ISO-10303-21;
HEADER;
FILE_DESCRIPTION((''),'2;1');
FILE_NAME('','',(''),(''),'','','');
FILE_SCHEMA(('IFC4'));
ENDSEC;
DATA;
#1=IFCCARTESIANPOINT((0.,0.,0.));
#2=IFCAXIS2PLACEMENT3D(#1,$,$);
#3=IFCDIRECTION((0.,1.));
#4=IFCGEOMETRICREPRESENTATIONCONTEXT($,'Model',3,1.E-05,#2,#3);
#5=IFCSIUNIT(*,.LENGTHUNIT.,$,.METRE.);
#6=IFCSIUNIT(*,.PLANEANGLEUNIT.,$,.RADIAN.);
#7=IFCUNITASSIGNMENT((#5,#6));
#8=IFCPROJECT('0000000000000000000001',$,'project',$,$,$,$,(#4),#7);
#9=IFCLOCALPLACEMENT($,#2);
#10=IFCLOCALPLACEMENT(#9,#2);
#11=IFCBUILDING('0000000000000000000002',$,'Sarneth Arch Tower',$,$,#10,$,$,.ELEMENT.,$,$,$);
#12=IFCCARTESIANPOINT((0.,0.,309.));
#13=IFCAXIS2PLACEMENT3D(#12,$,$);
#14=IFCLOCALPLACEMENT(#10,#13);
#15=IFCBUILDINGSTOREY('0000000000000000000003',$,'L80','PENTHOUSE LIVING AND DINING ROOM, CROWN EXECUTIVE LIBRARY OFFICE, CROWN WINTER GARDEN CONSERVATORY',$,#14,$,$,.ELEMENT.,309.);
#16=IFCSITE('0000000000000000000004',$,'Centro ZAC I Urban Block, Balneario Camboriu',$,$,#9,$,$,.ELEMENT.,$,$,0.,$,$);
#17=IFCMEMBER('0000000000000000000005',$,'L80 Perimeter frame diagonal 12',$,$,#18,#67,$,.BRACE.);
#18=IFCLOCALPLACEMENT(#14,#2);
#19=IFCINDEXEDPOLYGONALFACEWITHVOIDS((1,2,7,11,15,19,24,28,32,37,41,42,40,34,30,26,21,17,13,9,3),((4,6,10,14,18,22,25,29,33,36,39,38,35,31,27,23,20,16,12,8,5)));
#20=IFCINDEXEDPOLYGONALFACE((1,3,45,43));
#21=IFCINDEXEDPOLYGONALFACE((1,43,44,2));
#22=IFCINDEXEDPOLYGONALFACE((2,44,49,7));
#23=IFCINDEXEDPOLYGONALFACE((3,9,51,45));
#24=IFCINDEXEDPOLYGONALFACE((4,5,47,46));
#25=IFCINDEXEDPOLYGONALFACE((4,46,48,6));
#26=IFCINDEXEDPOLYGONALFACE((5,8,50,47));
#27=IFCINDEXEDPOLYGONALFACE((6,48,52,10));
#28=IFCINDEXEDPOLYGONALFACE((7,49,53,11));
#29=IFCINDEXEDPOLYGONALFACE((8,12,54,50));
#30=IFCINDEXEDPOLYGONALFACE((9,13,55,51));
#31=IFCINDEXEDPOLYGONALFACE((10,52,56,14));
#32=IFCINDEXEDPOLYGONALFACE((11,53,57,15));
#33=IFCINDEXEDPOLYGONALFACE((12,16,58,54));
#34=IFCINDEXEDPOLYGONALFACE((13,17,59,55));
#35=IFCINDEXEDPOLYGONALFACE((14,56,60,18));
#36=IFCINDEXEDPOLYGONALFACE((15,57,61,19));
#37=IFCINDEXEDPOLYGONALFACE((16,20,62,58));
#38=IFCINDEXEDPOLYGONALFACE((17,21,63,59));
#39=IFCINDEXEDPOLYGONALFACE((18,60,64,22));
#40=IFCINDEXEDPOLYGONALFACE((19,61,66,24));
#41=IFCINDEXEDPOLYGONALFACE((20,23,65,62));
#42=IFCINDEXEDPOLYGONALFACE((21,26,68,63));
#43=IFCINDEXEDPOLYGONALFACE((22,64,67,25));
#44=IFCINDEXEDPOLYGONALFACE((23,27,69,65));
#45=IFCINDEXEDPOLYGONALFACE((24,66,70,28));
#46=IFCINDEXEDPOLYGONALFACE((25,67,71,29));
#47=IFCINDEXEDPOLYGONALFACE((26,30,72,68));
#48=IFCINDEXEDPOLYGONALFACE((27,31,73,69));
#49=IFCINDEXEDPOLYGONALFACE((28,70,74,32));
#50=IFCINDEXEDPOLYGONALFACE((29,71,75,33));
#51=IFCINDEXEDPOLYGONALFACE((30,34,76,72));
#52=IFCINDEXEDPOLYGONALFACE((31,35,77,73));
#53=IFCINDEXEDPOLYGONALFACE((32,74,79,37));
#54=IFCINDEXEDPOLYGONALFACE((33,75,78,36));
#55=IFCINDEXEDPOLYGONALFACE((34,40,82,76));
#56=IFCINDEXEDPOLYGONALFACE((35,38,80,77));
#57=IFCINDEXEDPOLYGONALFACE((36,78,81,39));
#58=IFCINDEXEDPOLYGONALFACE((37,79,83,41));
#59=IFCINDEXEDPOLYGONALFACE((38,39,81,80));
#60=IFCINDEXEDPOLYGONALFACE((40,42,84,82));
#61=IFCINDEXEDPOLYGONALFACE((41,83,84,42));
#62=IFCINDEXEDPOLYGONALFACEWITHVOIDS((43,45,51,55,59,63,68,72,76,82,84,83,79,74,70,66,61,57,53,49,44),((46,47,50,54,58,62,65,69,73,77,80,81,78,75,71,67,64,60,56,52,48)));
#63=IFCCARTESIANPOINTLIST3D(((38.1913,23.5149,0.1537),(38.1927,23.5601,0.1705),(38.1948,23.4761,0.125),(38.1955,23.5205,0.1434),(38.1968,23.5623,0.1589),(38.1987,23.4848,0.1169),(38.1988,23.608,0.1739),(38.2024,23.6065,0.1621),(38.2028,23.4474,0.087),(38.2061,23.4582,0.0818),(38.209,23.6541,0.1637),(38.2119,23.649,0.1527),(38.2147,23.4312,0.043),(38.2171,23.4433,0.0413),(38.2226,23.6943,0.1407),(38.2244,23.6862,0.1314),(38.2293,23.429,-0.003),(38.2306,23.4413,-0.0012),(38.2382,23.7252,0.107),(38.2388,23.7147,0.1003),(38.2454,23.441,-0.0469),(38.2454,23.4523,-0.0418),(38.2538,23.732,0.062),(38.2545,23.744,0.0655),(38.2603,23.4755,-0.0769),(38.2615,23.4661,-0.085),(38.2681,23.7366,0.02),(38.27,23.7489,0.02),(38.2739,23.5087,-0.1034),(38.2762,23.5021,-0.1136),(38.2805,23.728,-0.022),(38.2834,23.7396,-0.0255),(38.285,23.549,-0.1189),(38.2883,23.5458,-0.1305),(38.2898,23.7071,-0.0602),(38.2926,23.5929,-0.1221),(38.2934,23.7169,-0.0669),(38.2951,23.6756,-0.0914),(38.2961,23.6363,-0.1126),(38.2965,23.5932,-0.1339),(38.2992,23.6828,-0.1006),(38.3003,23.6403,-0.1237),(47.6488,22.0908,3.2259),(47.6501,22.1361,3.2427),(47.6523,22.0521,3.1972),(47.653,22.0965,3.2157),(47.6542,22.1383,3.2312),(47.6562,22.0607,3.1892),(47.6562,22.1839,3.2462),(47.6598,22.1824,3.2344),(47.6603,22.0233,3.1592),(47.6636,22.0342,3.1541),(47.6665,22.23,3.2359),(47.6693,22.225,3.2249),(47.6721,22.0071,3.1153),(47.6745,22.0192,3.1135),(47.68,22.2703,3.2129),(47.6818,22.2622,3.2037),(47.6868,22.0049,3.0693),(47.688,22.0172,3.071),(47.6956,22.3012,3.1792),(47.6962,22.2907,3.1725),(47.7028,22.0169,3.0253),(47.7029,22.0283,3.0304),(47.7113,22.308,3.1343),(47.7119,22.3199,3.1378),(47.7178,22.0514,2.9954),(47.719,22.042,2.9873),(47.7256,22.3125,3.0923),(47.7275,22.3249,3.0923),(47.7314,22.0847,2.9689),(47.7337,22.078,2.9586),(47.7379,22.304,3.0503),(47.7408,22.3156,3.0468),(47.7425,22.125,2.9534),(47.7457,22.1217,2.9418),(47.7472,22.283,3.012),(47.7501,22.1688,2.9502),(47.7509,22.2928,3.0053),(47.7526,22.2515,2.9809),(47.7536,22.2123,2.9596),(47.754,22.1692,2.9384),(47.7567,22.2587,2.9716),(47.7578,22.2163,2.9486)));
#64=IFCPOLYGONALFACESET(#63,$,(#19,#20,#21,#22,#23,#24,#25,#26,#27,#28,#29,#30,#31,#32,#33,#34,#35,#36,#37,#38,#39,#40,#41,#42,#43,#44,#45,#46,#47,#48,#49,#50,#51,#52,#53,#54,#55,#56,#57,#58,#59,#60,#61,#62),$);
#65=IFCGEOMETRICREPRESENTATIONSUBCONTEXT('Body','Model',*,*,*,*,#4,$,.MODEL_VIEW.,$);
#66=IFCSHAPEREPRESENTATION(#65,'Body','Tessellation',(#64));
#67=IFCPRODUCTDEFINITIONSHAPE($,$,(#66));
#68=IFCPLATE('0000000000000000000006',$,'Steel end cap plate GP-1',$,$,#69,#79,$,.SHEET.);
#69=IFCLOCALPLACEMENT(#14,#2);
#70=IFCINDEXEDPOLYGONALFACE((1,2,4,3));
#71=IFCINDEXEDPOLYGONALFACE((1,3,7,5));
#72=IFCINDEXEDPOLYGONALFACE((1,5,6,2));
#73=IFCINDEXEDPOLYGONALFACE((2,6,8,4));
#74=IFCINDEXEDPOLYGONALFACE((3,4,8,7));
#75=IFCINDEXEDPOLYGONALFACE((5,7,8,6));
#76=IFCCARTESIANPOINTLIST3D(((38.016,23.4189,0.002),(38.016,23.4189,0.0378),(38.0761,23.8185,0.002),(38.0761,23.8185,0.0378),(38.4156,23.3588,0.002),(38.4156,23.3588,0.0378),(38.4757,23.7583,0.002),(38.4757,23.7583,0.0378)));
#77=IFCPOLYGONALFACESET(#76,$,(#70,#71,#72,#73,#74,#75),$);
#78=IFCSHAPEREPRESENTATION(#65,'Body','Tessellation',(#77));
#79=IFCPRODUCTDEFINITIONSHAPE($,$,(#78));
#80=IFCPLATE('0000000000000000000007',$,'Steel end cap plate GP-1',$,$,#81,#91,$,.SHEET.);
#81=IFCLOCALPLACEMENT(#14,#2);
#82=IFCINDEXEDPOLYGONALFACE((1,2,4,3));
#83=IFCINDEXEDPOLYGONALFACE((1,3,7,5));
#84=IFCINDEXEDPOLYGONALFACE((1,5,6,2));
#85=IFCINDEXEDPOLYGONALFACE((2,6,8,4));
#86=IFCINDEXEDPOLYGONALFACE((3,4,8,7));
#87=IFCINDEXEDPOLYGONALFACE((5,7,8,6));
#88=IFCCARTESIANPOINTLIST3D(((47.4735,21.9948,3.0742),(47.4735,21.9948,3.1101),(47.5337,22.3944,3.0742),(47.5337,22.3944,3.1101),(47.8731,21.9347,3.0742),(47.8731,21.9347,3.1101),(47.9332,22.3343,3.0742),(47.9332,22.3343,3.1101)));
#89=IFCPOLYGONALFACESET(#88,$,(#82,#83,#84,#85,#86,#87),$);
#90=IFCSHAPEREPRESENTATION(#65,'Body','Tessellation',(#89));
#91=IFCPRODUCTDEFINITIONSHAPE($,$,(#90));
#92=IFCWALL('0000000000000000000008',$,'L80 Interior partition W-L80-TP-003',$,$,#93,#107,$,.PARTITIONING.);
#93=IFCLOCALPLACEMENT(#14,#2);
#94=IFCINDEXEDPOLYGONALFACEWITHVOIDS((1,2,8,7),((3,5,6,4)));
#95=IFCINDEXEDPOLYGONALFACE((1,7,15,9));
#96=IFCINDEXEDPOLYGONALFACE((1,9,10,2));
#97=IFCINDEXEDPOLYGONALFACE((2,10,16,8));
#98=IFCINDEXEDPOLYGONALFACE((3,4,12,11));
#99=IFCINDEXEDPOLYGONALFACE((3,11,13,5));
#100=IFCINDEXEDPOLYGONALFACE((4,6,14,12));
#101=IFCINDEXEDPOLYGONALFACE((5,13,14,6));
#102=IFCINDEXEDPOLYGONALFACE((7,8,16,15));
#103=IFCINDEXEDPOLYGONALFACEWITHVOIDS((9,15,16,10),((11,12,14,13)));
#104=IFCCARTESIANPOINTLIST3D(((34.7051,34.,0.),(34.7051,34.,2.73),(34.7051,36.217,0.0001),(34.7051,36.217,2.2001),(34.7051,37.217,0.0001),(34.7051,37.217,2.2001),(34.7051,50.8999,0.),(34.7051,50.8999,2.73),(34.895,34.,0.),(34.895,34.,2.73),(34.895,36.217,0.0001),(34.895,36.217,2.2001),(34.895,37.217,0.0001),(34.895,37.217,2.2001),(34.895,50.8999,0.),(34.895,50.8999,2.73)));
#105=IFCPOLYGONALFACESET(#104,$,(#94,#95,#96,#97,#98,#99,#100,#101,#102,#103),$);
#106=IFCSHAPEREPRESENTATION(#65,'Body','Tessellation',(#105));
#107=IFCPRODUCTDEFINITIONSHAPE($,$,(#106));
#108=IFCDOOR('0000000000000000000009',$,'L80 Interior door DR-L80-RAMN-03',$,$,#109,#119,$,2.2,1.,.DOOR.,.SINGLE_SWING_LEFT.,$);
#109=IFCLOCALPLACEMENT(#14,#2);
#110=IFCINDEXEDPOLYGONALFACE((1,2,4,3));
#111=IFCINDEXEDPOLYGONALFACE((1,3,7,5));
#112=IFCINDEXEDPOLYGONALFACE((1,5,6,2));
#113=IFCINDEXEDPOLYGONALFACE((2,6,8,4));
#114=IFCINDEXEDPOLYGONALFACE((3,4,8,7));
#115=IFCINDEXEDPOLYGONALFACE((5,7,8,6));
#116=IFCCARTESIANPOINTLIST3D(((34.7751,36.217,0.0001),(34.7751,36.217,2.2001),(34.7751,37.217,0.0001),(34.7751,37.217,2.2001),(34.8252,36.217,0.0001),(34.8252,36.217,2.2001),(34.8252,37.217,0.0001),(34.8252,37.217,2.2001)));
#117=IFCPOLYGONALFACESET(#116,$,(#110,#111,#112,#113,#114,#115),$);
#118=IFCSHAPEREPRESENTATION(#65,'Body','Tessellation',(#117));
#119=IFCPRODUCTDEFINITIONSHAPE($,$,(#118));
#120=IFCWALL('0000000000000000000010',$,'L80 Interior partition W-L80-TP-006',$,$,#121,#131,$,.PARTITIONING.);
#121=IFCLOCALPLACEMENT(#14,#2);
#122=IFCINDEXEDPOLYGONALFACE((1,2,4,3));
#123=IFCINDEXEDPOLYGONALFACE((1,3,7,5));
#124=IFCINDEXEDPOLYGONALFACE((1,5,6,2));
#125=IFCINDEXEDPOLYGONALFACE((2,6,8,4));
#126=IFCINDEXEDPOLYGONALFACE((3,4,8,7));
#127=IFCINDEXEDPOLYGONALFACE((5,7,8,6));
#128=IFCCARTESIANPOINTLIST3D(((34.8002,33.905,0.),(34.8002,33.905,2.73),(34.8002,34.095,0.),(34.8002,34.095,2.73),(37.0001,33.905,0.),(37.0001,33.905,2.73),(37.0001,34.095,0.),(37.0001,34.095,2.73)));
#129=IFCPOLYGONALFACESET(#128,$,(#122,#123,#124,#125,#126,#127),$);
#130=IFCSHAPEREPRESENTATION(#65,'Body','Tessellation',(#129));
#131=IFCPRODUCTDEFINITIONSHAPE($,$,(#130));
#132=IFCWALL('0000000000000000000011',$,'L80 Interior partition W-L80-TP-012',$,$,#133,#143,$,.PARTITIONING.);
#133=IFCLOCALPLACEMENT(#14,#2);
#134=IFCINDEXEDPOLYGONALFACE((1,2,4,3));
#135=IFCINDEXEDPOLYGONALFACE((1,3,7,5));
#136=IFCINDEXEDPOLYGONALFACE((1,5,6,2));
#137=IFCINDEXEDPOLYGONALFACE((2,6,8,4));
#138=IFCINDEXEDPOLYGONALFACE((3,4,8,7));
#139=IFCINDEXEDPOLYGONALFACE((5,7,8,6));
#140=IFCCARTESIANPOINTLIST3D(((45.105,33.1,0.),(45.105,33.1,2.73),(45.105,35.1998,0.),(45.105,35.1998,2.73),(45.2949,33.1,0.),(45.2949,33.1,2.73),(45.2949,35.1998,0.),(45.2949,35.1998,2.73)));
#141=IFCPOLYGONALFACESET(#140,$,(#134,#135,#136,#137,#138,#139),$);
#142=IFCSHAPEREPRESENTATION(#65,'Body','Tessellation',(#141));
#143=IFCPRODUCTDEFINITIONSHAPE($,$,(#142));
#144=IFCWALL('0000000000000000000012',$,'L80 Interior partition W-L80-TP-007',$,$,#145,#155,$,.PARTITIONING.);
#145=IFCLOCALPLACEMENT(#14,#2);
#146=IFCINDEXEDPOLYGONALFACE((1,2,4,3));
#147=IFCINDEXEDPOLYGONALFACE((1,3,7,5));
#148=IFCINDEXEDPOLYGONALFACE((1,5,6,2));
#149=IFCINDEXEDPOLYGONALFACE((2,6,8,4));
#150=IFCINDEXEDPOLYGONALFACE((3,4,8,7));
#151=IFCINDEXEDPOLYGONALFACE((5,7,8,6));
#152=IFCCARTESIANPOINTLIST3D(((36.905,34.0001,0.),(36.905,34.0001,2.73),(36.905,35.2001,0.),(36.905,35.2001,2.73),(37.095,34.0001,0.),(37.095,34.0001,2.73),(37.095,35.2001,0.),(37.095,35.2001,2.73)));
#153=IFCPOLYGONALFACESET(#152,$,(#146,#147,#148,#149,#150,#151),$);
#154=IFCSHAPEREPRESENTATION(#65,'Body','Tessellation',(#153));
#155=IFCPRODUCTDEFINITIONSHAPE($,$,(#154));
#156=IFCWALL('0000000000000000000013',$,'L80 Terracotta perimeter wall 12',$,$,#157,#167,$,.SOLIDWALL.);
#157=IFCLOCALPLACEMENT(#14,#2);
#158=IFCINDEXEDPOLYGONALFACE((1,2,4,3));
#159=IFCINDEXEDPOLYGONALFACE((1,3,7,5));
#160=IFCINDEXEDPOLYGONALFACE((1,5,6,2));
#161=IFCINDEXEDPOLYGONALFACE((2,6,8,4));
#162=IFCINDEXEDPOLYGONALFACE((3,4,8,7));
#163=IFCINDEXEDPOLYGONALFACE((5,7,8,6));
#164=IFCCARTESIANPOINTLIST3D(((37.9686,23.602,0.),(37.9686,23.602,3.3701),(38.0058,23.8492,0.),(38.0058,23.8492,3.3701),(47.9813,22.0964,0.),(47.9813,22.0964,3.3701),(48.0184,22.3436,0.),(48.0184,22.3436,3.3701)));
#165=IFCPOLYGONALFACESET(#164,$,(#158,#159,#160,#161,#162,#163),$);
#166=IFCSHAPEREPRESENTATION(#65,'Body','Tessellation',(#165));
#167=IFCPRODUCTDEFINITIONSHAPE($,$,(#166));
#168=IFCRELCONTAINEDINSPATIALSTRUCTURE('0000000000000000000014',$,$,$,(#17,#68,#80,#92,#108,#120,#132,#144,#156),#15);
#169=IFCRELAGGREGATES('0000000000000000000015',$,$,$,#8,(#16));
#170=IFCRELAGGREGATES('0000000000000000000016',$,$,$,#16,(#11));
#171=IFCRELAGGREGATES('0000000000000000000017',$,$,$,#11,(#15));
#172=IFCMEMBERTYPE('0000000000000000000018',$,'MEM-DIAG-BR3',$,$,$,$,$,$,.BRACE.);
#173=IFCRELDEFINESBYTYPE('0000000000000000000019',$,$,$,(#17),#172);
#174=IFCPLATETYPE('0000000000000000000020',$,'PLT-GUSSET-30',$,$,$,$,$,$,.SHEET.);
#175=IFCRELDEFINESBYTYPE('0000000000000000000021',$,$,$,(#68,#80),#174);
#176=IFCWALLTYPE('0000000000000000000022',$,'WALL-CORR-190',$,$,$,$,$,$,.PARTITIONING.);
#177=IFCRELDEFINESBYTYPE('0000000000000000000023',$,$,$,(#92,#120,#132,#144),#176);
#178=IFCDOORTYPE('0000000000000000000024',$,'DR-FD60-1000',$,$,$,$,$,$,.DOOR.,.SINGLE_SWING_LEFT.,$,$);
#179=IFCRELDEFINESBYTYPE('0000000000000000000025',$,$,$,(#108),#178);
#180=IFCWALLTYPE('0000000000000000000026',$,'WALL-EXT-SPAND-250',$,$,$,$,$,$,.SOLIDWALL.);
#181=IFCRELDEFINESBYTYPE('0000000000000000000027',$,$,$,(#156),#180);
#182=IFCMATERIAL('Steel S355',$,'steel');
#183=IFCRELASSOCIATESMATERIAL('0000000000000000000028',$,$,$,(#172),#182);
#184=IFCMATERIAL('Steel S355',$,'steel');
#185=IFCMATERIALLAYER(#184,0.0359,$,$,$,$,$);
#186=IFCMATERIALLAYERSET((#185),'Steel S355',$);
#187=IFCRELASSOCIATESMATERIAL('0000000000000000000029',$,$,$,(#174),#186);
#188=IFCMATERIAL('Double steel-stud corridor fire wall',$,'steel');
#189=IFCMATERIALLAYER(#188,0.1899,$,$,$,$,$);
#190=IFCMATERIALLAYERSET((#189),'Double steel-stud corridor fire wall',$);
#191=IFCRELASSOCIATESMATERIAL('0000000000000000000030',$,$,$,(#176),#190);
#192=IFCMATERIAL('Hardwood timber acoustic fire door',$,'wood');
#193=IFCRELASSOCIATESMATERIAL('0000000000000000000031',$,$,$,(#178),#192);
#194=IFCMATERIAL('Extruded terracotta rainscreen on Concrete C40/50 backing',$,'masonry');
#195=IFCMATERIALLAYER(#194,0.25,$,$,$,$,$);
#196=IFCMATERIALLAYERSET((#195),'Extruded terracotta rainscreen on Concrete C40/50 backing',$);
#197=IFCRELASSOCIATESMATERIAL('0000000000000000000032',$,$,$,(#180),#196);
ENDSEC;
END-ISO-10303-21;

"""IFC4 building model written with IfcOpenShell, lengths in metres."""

from ifc_helpers import new_model, si_unit, direction, frame, frame_2d, origin, origin_2d, place, context, subcontext, project, spatial, rectangle, hollow_circle, extrude, material, layer, layer_set, material_profile, profile_set, type_object, element, fill, save


model = new_model("IFC4")

# Units and contexts
model_context = context("Model", 3, precision=1e-05, world=origin(), true_north=direction((0.0, 1.0)))
body_context = subcontext(model_context, "Body", "Model", "MODEL_VIEW")
ifc_project = project(units=[si_unit("LENGTHUNIT", "METRE"), si_unit("PLANEANGLEUNIT", "RADIAN")], contexts=[model_context])

# Site, building, storey
site_placement = place(None, origin())
site = spatial("IfcSite", under=ifc_project, at=site_placement, Name="Centro ZAC I Urban Block, Balneario Camboriu", CompositionType="ELEMENT", RefElevation=0.0)
building_placement = place(site_placement, origin())
building = spatial("IfcBuilding", under=site, at=building_placement, Name="Sarneth Arch Tower", CompositionType="ELEMENT")
storey_placement = place(building_placement, frame((0.0, 0.0, 309.0)))
storey = spatial("IfcBuildingStorey", under=building, at=storey_placement, Name="L80", Description="PENTHOUSE LIVING AND DINING ROOM, CROWN EXECUTIVE LIBRARY OFFICE, CROWN WINTER GARDEN CONSERVATORY", CompositionType="ELEMENT", Elevation=309.0)

# Member
ifc_material_1 = material(Name="Steel S355", Category="steel")
ifc_material_profile_1 = material_profile(ifc_material_1, hollow_circle(Radius=0.1621, WallThickness=0.0125, at=origin_2d()), Name="CHS324x12.5")
ifc_profile_set_1 = profile_set([ifc_material_profile_1], Name="Steel S355")
member_type_1 = type_object("IfcMemberType", Name="MEM-DIAG-BR3", PredefinedType="BRACE", material=ifc_profile_set_1)
member_1_placement = place(storey_placement, frame((38.2458, 23.5886, 0.02), z_axis=(0.941471, -0.141763, 0.305836), x_axis=(0.148897, 0.988853, 0.0)))
element("IfcMember", 1, at=member_1_placement, inside=storey, type_object=member_type_1, Name="L80 Perimeter frame diagonal 12", PredefinedType="BRACE", context=body_context, shape_type="SweptSolid", body=[
    extrude(hollow_circle(Radius=0.1621, WallThickness=0.0125, at=origin_2d()), origin(), (0.0, 0.0, 1.0), 10.0454),
])

# Plates
ifc_material_2 = material(Name="Steel S355", Category="steel")
ifc_layer_1 = layer(ifc_material_2, 0.0359)
ifc_layer_set_1 = layer_set([ifc_layer_1], Name="Steel S355")
plate_type = type_object("IfcPlateType", Name="PLT-GUSSET-30", PredefinedType="SHEET", material=ifc_layer_set_1)
for number, where, z_axis, x_axis, name in (
    (2, (38.2458, 23.5886, 0.002), (0.0, 0.0, 1.0), (0.988861, -0.148845, 0.0), "Steel end cap plate GP-1"),
    (3, (47.7034, 22.1646, 3.0742), (0.0, 0.0, 1.0), (0.988861, -0.148845, 0.0), "Steel end cap plate GP-1"),
):
    element("IfcPlate", number, at=place(storey_placement, frame(where, z_axis=z_axis, x_axis=x_axis)), inside=storey, type_object=plate_type, Name=name, PredefinedType="SHEET", context=body_context, shape_type="SweptSolid", body=[
        extrude(rectangle(XDim=0.4041, YDim=0.4041, at=origin_2d()), origin(), (0.0, 0.0, 1.0), 0.0359),
    ])

# Wall, opening, door
ifc_material_3 = material(Name="Double steel-stud corridor fire wall", Category="steel")
ifc_layer_2 = layer(ifc_material_3, 0.1899)
ifc_layer_set_2 = layer_set([ifc_layer_2], Name="Double steel-stud corridor fire wall")
wall_type_1 = type_object("IfcWallType", Name="WALL-CORR-190", PredefinedType="PARTITIONING", material=ifc_layer_set_2)
wall_1_placement = place(storey_placement, frame((34.8, 34.0, 0.0), z_axis=(0.0, 0.0, 1.0), x_axis=(0.0, 1.0, 0.0)))
wall_1 = element("IfcWall", 4, at=wall_1_placement, inside=storey, type_object=wall_type_1, Name="L80 Interior partition W-L80-TP-003", PredefinedType="PARTITIONING", context=body_context, shape_type="SweptSolid", body=[
    extrude(rectangle(XDim=16.8999, YDim=0.1899, at=frame_2d((8.45, 0.0))), origin(), (0.0, 0.0, 1.0), 2.73),
])
opening_1_placement = place(wall_1_placement, frame((2.217, 0.0, 0.0)))
opening_1 = element("IfcOpeningElement", 5, at=opening_1_placement, cuts=wall_1, PredefinedType="OPENING", context=body_context, shape_type="SweptSolid", body=[
    extrude(rectangle(XDim=1.0, YDim=2.2, at=frame_2d((0.5, 1.1001))), frame((0.0, 0.105, 0.0), z_axis=(0.0, -1.0, 0.0), x_axis=(1.0, 0.0, 0.0)), (0.0, 0.0, 1.0), 0.21),
])
ifc_material_4 = material(Name="Hardwood timber acoustic fire door", Category="wood")
door_type = type_object("IfcDoorType", Name="DR-FD60-1000", OperationType="SINGLE_SWING_LEFT", PredefinedType="DOOR", material=ifc_material_4)
door_placement = place(opening_1_placement, origin())
door = element("IfcDoor", 6, at=door_placement, inside=storey, type_object=door_type, Name="L80 Interior door DR-L80-RAMN-03", OperationType="SINGLE_SWING_LEFT", OverallHeight=2.2, OverallWidth=1.0, PredefinedType="DOOR", context=body_context, shape_type="SweptSolid", body=[
    extrude(rectangle(XDim=1.0, YDim=2.2, at=frame_2d((0.5, 1.1001))), frame((0.0, 0.0249, 0.0), z_axis=(0.0, -1.0, 0.0), x_axis=(1.0, 0.0, 0.0)), (0.0, 0.0, 1.0), 0.05),
])
fill(opening_1, door)

# Walls
wall_2_placement = place(storey_placement, frame((34.8, 34.0, 0.0), z_axis=(0.0, 0.0, 1.0), x_axis=(1.0, 0.0, 0.0)))
element("IfcWall", 7, at=wall_2_placement, inside=storey, type_object=wall_type_1, Name="L80 Interior partition W-L80-TP-006", PredefinedType="PARTITIONING", context=body_context, shape_type="SweptSolid", body=[
    extrude(rectangle(XDim=2.2, YDim=0.1899, at=frame_2d((1.1001, 0.0))), origin(), (0.0, 0.0, 1.0), 2.73),
])
wall_3_placement = place(storey_placement, frame((45.2, 33.1001, 0.0), z_axis=(0.0, 0.0, 1.0), x_axis=(0.0, 1.0, 0.0)))
element("IfcWall", 8, at=wall_3_placement, inside=storey, type_object=wall_type_1, Name="L80 Interior partition W-L80-TP-012", PredefinedType="PARTITIONING", context=body_context, shape_type="SweptSolid", body=[
    extrude(rectangle(XDim=2.0999, YDim=0.1899, at=frame_2d((1.0498, 0.0))), origin(), (0.0, 0.0, 1.0), 2.73),
])
wall_4_placement = place(storey_placement, frame((37.0, 34.0, 0.0), z_axis=(0.0, 0.0, 1.0), x_axis=(0.0, 1.0, 0.0)))
element("IfcWall", 9, at=wall_4_placement, inside=storey, type_object=wall_type_1, Name="L80 Interior partition W-L80-TP-007", PredefinedType="PARTITIONING", context=body_context, shape_type="SweptSolid", body=[
    extrude(rectangle(XDim=1.2, YDim=0.1899, at=frame_2d((0.6001, 0.0))), origin(), (0.0, 0.0, 1.0), 2.73),
])
ifc_material_5 = material(Name="Extruded terracotta rainscreen on Concrete C40/50 backing", Category="masonry")
ifc_layer_3 = layer(ifc_material_5, 0.25)
ifc_layer_set_3 = layer_set([ifc_layer_3], Name="Extruded terracotta rainscreen on Concrete C40/50 backing")
wall_type_2 = type_object("IfcWallType", Name="WALL-EXT-SPAND-250", PredefinedType="SOLIDWALL", material=ifc_layer_set_3)
wall_5_placement = place(storey_placement, frame((37.9873, 23.7256, 0.0), z_axis=(0.0, 0.0, 1.0), x_axis=(0.988883, -0.148699, 0.0)))
element("IfcWall", 10, at=wall_5_placement, inside=storey, type_object=wall_type_2, Name="L80 Terracotta perimeter wall 12", PredefinedType="SOLIDWALL", context=body_context, shape_type="SweptSolid", body=[
    extrude(rectangle(XDim=10.1252, YDim=0.25, at=frame_2d((5.0625, 0.0))), origin(), (0.0, 0.0, 1.0), 3.3701),
])

save(model, "model.ifc")
